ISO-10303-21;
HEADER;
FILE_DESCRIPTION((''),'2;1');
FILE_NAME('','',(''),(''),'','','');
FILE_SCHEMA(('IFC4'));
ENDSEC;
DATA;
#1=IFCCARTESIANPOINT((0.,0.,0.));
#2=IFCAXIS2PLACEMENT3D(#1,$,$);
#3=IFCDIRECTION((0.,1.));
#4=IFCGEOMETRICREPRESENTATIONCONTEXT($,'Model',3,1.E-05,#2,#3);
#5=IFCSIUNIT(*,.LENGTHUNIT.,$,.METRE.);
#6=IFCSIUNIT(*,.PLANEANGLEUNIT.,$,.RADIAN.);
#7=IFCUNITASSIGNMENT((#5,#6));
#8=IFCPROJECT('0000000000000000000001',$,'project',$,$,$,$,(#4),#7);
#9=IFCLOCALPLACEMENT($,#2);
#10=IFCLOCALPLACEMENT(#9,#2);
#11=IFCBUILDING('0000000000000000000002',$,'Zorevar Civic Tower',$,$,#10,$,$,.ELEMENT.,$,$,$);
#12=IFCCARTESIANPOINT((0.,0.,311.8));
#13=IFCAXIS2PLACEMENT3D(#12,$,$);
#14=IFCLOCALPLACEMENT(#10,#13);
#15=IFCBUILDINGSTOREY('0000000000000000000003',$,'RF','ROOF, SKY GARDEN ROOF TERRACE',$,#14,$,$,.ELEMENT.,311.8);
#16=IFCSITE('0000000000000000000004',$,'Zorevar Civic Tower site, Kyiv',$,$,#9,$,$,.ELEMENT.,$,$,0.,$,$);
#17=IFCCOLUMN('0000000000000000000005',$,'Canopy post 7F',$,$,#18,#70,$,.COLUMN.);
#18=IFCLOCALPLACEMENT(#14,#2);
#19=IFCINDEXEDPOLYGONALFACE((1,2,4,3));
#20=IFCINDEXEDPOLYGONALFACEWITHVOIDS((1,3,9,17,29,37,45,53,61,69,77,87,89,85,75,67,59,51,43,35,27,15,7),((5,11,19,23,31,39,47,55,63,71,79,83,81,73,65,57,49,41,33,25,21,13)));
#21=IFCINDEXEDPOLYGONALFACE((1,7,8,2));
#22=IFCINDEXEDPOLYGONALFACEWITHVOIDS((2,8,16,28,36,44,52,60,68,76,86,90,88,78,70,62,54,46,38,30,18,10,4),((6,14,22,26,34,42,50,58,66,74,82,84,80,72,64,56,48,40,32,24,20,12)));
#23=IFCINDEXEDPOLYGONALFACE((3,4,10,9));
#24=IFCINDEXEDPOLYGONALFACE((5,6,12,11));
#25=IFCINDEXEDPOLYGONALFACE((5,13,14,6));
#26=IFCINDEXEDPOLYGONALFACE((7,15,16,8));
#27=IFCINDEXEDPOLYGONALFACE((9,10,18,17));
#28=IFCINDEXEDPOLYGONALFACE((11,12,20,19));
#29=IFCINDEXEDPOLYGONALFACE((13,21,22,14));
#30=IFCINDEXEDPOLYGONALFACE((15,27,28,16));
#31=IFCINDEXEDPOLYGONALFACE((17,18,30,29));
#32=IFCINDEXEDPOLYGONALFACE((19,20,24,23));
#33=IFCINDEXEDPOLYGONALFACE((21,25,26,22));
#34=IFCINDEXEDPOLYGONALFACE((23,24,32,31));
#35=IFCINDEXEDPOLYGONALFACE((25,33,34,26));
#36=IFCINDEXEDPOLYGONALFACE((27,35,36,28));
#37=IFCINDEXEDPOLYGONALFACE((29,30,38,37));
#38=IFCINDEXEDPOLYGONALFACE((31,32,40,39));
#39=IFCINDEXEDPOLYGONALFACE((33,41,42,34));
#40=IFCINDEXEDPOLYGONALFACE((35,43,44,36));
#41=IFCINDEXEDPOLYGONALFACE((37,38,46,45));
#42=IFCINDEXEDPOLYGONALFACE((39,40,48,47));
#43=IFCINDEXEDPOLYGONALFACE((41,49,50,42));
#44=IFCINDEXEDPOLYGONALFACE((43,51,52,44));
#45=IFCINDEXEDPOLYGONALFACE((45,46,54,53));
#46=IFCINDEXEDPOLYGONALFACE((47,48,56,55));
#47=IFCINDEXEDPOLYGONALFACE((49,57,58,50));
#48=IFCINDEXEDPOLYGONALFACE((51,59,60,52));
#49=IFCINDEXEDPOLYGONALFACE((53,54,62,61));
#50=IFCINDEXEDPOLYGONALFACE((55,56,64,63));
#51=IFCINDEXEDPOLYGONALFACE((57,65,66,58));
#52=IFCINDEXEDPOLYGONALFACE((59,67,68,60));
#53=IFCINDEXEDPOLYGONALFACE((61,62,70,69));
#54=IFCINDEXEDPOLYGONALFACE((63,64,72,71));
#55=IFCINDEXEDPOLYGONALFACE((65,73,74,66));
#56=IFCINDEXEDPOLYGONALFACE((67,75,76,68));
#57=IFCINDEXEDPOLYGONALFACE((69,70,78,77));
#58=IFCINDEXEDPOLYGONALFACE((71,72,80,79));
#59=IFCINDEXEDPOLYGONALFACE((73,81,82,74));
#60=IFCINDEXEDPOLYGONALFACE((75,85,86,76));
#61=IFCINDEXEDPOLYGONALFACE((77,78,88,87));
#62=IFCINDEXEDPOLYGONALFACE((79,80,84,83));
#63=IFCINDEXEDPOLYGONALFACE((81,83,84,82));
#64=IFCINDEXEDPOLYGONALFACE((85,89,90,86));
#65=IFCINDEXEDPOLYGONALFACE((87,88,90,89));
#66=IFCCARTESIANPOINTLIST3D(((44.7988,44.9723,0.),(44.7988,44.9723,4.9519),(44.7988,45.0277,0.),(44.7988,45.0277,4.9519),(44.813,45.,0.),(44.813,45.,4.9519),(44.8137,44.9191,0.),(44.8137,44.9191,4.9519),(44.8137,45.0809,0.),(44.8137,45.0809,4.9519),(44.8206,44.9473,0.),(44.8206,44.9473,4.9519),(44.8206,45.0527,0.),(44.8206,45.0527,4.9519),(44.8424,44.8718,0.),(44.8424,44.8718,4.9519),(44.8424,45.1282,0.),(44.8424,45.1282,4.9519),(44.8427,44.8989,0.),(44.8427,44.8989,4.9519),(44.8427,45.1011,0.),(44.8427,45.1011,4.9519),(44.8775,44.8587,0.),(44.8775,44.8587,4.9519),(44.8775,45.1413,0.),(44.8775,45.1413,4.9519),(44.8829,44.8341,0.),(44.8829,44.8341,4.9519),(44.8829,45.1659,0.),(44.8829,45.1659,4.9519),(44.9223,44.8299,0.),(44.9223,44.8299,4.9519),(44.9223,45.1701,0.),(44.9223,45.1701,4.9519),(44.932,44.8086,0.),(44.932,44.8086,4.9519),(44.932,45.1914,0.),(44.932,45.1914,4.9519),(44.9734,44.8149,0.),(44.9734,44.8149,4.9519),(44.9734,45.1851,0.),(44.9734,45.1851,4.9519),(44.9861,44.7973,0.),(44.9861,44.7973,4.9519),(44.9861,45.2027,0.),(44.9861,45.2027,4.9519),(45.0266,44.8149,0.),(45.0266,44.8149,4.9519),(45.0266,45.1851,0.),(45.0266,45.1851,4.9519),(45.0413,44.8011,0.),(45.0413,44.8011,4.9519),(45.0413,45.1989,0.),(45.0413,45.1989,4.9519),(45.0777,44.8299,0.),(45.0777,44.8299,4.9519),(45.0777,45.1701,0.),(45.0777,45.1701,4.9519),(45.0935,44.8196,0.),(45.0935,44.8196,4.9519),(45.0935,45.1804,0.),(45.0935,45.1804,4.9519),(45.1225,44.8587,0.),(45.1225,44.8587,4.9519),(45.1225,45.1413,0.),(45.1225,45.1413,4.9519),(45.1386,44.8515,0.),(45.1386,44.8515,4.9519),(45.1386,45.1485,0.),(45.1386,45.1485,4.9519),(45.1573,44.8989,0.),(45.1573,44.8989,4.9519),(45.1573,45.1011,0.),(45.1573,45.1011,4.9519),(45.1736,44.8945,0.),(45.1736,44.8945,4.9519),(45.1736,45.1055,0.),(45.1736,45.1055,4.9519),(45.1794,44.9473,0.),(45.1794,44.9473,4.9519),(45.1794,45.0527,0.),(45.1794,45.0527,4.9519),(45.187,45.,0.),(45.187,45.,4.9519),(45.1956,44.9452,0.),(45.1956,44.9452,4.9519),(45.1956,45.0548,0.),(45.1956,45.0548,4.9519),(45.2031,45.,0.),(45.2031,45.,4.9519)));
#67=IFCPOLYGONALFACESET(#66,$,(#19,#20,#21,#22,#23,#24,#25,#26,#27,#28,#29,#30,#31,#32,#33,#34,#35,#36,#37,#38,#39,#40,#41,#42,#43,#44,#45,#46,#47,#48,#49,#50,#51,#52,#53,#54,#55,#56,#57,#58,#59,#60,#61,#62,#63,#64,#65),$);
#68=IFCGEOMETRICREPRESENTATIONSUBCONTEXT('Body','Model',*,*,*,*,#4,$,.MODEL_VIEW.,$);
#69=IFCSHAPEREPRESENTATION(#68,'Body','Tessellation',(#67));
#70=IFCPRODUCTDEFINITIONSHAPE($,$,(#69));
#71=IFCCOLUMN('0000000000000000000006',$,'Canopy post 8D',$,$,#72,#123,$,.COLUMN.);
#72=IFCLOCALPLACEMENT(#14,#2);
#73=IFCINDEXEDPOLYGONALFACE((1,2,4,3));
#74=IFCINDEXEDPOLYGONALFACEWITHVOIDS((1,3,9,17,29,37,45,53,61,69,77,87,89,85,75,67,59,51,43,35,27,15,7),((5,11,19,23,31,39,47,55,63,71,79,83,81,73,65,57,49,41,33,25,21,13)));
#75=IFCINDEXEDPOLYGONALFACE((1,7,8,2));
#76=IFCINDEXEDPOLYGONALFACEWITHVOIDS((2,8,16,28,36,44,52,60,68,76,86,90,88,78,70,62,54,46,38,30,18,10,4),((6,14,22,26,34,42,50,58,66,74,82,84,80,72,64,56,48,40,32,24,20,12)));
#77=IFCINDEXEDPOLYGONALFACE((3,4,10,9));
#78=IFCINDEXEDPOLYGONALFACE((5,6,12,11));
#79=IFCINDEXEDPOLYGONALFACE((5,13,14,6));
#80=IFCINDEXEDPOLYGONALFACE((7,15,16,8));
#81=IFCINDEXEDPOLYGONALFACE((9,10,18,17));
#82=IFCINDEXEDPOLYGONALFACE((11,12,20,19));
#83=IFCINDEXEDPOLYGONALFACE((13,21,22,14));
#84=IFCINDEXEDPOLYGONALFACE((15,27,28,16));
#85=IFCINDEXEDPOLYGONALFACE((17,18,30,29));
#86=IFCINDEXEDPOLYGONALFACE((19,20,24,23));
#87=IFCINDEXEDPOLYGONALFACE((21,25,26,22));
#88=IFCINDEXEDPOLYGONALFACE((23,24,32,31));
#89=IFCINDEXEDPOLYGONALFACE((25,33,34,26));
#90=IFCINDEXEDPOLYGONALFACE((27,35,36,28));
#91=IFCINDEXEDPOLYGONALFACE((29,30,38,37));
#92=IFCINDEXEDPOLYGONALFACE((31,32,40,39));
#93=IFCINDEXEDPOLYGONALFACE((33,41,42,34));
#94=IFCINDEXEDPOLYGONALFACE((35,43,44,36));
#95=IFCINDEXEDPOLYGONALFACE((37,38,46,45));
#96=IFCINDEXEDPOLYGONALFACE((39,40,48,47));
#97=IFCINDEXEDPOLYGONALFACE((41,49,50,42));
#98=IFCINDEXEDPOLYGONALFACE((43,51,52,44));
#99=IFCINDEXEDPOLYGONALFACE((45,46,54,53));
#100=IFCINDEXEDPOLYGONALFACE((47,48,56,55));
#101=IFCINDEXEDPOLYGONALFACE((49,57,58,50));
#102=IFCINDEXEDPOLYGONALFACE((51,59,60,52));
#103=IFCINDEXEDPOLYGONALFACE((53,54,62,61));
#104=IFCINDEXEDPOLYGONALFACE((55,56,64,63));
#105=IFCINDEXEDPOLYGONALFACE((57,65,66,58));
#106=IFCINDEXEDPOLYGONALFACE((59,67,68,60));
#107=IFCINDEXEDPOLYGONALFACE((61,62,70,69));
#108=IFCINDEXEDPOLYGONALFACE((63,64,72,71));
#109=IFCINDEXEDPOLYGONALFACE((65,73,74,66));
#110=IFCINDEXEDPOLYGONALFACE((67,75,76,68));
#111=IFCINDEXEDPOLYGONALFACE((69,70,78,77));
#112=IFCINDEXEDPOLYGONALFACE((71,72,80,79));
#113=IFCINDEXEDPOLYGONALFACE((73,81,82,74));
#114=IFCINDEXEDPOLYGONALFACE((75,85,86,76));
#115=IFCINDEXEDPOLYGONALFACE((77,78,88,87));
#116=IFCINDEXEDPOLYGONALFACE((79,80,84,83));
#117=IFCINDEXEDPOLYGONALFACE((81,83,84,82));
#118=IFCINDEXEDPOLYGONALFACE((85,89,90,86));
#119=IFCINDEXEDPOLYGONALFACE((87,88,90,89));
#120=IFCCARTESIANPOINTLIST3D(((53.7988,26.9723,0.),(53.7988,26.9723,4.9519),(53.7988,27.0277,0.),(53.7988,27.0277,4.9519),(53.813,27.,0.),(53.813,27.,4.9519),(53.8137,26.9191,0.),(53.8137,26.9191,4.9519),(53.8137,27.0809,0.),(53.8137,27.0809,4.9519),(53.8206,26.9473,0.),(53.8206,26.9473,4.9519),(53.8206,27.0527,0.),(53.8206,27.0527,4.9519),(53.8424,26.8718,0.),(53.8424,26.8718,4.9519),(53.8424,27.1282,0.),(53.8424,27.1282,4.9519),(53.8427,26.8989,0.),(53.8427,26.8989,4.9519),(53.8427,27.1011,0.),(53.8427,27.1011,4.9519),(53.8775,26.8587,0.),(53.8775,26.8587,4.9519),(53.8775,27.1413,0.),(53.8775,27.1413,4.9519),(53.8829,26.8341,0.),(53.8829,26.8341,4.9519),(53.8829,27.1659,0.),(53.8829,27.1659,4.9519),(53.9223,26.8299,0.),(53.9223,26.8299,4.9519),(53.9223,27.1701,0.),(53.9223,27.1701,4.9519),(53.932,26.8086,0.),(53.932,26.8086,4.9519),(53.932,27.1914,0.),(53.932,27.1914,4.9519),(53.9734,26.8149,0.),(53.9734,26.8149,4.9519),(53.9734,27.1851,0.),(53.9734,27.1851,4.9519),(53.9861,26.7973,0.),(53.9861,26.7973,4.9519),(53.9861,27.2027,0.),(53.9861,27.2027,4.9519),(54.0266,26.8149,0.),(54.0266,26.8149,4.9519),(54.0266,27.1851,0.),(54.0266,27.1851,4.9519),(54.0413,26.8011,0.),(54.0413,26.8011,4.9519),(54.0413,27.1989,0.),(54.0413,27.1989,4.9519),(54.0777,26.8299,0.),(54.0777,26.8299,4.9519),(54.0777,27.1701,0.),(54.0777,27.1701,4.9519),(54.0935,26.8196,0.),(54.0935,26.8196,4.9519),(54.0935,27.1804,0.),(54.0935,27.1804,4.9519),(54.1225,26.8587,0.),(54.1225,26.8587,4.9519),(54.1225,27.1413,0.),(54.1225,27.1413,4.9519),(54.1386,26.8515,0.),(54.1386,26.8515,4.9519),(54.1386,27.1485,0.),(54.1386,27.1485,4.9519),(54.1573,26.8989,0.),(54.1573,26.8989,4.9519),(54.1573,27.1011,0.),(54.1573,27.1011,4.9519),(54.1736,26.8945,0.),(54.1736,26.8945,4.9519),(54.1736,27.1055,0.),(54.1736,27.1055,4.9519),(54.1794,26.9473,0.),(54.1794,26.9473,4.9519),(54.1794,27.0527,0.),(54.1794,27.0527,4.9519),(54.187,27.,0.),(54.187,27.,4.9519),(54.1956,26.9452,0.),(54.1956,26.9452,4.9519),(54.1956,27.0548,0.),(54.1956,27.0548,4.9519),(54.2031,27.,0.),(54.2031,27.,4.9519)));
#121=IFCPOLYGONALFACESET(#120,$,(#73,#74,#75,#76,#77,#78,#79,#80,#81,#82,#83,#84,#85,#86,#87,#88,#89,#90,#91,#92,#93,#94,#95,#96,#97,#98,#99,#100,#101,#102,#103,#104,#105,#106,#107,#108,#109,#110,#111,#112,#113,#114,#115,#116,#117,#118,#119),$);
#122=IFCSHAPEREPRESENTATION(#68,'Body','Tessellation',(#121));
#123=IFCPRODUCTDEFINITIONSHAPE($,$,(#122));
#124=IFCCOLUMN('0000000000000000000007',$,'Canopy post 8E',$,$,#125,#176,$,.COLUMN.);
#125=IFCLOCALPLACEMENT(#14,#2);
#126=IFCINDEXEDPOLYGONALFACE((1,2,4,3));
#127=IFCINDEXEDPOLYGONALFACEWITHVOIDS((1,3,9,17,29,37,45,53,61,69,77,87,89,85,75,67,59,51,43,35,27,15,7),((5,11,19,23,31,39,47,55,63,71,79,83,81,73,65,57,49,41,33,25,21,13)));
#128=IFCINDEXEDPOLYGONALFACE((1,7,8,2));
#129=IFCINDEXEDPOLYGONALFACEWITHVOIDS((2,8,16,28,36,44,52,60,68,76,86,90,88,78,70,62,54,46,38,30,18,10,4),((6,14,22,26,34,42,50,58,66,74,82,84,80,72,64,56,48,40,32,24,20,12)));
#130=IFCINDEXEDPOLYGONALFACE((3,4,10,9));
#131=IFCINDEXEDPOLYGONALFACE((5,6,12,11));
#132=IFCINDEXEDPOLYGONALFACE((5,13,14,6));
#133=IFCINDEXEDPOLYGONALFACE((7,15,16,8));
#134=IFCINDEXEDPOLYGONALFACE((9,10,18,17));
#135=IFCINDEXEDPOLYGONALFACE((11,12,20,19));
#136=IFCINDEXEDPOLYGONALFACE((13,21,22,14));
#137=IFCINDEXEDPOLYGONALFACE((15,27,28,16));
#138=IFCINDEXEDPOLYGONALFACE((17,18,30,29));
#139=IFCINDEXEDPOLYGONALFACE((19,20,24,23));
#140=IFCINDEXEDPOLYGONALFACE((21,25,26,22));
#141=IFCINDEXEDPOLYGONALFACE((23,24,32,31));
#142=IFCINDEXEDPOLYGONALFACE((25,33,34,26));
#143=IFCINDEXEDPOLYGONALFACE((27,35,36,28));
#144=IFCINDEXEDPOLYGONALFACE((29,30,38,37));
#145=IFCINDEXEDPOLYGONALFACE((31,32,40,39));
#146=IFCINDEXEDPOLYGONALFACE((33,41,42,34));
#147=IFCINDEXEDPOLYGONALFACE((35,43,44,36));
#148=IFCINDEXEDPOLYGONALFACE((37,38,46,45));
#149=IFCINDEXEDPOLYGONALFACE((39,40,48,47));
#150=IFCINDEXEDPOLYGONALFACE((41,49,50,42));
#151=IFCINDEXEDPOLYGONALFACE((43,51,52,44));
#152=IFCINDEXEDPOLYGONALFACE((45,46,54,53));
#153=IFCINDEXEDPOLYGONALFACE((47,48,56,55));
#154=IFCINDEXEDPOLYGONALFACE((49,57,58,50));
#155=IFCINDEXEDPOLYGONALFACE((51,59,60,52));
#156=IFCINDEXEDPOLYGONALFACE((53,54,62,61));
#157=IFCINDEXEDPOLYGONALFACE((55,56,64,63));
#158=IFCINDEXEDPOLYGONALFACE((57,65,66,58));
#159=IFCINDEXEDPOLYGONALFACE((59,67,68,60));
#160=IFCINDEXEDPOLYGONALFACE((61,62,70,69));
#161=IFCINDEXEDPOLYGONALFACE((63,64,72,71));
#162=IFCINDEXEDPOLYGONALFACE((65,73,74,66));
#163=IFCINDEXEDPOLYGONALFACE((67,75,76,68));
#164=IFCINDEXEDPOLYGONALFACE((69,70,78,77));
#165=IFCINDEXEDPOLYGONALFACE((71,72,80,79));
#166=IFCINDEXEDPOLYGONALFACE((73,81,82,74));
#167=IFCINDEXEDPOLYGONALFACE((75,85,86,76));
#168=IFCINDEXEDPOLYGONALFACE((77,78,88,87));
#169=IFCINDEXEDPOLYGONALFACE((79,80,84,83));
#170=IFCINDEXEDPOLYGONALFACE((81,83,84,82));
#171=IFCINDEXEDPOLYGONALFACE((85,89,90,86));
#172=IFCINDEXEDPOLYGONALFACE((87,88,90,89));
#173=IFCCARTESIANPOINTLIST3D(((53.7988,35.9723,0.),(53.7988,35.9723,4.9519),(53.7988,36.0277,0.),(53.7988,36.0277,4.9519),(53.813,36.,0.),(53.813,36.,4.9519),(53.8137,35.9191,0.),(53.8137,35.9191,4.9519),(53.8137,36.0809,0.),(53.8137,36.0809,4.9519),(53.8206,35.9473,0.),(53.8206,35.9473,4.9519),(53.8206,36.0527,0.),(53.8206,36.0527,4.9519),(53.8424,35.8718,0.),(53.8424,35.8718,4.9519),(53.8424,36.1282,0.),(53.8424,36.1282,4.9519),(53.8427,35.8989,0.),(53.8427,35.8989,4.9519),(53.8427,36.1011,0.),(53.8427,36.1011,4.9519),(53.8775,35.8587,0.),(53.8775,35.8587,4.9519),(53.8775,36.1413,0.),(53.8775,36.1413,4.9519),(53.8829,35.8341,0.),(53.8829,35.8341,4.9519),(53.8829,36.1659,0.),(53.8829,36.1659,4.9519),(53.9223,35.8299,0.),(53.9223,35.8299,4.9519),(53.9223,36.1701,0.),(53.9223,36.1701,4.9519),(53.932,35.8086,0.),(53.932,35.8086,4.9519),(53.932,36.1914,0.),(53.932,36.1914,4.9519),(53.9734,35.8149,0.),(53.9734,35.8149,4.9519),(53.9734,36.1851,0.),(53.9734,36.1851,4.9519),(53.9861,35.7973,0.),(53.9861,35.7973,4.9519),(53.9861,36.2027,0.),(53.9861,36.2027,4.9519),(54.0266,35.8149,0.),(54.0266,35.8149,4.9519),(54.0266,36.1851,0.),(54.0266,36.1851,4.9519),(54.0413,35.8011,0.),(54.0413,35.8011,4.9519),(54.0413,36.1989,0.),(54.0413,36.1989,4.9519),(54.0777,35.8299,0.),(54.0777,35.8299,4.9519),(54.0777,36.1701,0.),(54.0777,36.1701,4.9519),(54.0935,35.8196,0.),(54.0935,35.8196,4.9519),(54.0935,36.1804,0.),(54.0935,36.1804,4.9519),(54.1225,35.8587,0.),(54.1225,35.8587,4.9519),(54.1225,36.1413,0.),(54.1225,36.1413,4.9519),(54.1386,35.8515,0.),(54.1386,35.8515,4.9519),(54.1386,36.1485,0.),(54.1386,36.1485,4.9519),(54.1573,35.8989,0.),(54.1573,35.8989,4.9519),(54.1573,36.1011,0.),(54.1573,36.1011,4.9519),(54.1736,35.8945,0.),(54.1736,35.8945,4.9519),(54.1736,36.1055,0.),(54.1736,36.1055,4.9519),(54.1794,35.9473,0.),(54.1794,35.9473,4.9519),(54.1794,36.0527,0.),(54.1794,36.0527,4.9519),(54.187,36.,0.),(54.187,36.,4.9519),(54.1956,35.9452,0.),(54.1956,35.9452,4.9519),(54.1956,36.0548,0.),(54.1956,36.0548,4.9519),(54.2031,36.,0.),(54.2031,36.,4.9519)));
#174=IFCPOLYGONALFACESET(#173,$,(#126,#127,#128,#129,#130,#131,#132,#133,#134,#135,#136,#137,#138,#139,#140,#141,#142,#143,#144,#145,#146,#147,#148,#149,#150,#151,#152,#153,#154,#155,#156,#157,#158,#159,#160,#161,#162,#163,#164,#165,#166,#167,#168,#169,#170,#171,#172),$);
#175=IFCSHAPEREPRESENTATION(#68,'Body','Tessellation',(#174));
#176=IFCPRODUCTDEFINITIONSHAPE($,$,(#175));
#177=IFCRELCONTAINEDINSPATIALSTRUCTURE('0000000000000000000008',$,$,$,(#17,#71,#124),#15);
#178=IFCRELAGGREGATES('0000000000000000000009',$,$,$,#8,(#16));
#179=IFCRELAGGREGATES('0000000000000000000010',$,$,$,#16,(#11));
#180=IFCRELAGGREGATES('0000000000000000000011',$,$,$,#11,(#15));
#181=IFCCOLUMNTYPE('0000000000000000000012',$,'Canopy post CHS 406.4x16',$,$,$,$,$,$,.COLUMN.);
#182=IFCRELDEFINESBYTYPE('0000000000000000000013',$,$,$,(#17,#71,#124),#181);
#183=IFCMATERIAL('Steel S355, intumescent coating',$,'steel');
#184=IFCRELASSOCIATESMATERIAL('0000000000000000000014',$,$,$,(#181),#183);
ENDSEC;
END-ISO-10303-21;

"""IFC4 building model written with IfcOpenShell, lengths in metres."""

from ifc_helpers import new_model, si_unit, direction, frame, origin, origin_2d, place, context, subcontext, project, spatial, hollow_circle, extrude, material, material_profile, profile_set, type_object, element, save


model = new_model("IFC4")

# Units and contexts
model_context = context("Model", 3, precision=1e-05, world=origin(), true_north=direction((0.0, 1.0)))
body_context = subcontext(model_context, "Body", "Model", "MODEL_VIEW")
ifc_project = project(units=[si_unit("LENGTHUNIT", "METRE"), si_unit("PLANEANGLEUNIT", "RADIAN")], contexts=[model_context])

# Site, building, storey
site_placement = place(None, origin())
site = spatial("IfcSite", under=ifc_project, at=site_placement, Name="Zorevar Civic Tower site, Kyiv", CompositionType="ELEMENT", RefElevation=0.0)
building_placement = place(site_placement, origin())
building = spatial("IfcBuilding", under=site, at=building_placement, Name="Zorevar Civic Tower", CompositionType="ELEMENT")
storey_placement = place(building_placement, frame((0.0, 0.0, 311.8)))
storey = spatial("IfcBuildingStorey", under=building, at=storey_placement, Name="RF", Description="ROOF, SKY GARDEN ROOF TERRACE", CompositionType="ELEMENT", Elevation=311.8)

# Columns
ifc_material_1 = material(Name="Steel S355, intumescent coating", Category="steel")
ifc_material_profile_1 = material_profile(ifc_material_1, hollow_circle(Radius=0.2031, WallThickness=0.0161, at=origin_2d()), Name="CHS 406.4x16")
ifc_profile_set_1 = profile_set([ifc_material_profile_1], Name="Steel S355, intumescent coating")
column_type = type_object("IfcColumnType", Name="Canopy post CHS 406.4x16", PredefinedType="COLUMN", material=ifc_profile_set_1)
for number, where, z_axis, x_axis, name in (
    (1, (45.0, 45.0, 0.0), (0.0, 0.0, 1.0), (1.0, 0.0, 0.0), "Canopy post 7F"),
    (2, (54.0, 27.0, 0.0), (0.0, 0.0, 1.0), (1.0, 0.0, 0.0), "Canopy post 8D"),
    (3, (54.0, 36.0, 0.0), (0.0, 0.0, 1.0), (1.0, 0.0, 0.0), "Canopy post 8E"),
):
    element("IfcColumn", number, at=place(storey_placement, frame(where, z_axis=z_axis, x_axis=x_axis)), inside=storey, type_object=column_type, Name=name, PredefinedType="COLUMN", context=body_context, shape_type="SweptSolid", body=[
        extrude(hollow_circle(Radius=0.2031, WallThickness=0.0161, at=origin_2d()), origin(), (0.0, 0.0, 1.0), 4.9519),
    ])

save(model, "model.ifc")
